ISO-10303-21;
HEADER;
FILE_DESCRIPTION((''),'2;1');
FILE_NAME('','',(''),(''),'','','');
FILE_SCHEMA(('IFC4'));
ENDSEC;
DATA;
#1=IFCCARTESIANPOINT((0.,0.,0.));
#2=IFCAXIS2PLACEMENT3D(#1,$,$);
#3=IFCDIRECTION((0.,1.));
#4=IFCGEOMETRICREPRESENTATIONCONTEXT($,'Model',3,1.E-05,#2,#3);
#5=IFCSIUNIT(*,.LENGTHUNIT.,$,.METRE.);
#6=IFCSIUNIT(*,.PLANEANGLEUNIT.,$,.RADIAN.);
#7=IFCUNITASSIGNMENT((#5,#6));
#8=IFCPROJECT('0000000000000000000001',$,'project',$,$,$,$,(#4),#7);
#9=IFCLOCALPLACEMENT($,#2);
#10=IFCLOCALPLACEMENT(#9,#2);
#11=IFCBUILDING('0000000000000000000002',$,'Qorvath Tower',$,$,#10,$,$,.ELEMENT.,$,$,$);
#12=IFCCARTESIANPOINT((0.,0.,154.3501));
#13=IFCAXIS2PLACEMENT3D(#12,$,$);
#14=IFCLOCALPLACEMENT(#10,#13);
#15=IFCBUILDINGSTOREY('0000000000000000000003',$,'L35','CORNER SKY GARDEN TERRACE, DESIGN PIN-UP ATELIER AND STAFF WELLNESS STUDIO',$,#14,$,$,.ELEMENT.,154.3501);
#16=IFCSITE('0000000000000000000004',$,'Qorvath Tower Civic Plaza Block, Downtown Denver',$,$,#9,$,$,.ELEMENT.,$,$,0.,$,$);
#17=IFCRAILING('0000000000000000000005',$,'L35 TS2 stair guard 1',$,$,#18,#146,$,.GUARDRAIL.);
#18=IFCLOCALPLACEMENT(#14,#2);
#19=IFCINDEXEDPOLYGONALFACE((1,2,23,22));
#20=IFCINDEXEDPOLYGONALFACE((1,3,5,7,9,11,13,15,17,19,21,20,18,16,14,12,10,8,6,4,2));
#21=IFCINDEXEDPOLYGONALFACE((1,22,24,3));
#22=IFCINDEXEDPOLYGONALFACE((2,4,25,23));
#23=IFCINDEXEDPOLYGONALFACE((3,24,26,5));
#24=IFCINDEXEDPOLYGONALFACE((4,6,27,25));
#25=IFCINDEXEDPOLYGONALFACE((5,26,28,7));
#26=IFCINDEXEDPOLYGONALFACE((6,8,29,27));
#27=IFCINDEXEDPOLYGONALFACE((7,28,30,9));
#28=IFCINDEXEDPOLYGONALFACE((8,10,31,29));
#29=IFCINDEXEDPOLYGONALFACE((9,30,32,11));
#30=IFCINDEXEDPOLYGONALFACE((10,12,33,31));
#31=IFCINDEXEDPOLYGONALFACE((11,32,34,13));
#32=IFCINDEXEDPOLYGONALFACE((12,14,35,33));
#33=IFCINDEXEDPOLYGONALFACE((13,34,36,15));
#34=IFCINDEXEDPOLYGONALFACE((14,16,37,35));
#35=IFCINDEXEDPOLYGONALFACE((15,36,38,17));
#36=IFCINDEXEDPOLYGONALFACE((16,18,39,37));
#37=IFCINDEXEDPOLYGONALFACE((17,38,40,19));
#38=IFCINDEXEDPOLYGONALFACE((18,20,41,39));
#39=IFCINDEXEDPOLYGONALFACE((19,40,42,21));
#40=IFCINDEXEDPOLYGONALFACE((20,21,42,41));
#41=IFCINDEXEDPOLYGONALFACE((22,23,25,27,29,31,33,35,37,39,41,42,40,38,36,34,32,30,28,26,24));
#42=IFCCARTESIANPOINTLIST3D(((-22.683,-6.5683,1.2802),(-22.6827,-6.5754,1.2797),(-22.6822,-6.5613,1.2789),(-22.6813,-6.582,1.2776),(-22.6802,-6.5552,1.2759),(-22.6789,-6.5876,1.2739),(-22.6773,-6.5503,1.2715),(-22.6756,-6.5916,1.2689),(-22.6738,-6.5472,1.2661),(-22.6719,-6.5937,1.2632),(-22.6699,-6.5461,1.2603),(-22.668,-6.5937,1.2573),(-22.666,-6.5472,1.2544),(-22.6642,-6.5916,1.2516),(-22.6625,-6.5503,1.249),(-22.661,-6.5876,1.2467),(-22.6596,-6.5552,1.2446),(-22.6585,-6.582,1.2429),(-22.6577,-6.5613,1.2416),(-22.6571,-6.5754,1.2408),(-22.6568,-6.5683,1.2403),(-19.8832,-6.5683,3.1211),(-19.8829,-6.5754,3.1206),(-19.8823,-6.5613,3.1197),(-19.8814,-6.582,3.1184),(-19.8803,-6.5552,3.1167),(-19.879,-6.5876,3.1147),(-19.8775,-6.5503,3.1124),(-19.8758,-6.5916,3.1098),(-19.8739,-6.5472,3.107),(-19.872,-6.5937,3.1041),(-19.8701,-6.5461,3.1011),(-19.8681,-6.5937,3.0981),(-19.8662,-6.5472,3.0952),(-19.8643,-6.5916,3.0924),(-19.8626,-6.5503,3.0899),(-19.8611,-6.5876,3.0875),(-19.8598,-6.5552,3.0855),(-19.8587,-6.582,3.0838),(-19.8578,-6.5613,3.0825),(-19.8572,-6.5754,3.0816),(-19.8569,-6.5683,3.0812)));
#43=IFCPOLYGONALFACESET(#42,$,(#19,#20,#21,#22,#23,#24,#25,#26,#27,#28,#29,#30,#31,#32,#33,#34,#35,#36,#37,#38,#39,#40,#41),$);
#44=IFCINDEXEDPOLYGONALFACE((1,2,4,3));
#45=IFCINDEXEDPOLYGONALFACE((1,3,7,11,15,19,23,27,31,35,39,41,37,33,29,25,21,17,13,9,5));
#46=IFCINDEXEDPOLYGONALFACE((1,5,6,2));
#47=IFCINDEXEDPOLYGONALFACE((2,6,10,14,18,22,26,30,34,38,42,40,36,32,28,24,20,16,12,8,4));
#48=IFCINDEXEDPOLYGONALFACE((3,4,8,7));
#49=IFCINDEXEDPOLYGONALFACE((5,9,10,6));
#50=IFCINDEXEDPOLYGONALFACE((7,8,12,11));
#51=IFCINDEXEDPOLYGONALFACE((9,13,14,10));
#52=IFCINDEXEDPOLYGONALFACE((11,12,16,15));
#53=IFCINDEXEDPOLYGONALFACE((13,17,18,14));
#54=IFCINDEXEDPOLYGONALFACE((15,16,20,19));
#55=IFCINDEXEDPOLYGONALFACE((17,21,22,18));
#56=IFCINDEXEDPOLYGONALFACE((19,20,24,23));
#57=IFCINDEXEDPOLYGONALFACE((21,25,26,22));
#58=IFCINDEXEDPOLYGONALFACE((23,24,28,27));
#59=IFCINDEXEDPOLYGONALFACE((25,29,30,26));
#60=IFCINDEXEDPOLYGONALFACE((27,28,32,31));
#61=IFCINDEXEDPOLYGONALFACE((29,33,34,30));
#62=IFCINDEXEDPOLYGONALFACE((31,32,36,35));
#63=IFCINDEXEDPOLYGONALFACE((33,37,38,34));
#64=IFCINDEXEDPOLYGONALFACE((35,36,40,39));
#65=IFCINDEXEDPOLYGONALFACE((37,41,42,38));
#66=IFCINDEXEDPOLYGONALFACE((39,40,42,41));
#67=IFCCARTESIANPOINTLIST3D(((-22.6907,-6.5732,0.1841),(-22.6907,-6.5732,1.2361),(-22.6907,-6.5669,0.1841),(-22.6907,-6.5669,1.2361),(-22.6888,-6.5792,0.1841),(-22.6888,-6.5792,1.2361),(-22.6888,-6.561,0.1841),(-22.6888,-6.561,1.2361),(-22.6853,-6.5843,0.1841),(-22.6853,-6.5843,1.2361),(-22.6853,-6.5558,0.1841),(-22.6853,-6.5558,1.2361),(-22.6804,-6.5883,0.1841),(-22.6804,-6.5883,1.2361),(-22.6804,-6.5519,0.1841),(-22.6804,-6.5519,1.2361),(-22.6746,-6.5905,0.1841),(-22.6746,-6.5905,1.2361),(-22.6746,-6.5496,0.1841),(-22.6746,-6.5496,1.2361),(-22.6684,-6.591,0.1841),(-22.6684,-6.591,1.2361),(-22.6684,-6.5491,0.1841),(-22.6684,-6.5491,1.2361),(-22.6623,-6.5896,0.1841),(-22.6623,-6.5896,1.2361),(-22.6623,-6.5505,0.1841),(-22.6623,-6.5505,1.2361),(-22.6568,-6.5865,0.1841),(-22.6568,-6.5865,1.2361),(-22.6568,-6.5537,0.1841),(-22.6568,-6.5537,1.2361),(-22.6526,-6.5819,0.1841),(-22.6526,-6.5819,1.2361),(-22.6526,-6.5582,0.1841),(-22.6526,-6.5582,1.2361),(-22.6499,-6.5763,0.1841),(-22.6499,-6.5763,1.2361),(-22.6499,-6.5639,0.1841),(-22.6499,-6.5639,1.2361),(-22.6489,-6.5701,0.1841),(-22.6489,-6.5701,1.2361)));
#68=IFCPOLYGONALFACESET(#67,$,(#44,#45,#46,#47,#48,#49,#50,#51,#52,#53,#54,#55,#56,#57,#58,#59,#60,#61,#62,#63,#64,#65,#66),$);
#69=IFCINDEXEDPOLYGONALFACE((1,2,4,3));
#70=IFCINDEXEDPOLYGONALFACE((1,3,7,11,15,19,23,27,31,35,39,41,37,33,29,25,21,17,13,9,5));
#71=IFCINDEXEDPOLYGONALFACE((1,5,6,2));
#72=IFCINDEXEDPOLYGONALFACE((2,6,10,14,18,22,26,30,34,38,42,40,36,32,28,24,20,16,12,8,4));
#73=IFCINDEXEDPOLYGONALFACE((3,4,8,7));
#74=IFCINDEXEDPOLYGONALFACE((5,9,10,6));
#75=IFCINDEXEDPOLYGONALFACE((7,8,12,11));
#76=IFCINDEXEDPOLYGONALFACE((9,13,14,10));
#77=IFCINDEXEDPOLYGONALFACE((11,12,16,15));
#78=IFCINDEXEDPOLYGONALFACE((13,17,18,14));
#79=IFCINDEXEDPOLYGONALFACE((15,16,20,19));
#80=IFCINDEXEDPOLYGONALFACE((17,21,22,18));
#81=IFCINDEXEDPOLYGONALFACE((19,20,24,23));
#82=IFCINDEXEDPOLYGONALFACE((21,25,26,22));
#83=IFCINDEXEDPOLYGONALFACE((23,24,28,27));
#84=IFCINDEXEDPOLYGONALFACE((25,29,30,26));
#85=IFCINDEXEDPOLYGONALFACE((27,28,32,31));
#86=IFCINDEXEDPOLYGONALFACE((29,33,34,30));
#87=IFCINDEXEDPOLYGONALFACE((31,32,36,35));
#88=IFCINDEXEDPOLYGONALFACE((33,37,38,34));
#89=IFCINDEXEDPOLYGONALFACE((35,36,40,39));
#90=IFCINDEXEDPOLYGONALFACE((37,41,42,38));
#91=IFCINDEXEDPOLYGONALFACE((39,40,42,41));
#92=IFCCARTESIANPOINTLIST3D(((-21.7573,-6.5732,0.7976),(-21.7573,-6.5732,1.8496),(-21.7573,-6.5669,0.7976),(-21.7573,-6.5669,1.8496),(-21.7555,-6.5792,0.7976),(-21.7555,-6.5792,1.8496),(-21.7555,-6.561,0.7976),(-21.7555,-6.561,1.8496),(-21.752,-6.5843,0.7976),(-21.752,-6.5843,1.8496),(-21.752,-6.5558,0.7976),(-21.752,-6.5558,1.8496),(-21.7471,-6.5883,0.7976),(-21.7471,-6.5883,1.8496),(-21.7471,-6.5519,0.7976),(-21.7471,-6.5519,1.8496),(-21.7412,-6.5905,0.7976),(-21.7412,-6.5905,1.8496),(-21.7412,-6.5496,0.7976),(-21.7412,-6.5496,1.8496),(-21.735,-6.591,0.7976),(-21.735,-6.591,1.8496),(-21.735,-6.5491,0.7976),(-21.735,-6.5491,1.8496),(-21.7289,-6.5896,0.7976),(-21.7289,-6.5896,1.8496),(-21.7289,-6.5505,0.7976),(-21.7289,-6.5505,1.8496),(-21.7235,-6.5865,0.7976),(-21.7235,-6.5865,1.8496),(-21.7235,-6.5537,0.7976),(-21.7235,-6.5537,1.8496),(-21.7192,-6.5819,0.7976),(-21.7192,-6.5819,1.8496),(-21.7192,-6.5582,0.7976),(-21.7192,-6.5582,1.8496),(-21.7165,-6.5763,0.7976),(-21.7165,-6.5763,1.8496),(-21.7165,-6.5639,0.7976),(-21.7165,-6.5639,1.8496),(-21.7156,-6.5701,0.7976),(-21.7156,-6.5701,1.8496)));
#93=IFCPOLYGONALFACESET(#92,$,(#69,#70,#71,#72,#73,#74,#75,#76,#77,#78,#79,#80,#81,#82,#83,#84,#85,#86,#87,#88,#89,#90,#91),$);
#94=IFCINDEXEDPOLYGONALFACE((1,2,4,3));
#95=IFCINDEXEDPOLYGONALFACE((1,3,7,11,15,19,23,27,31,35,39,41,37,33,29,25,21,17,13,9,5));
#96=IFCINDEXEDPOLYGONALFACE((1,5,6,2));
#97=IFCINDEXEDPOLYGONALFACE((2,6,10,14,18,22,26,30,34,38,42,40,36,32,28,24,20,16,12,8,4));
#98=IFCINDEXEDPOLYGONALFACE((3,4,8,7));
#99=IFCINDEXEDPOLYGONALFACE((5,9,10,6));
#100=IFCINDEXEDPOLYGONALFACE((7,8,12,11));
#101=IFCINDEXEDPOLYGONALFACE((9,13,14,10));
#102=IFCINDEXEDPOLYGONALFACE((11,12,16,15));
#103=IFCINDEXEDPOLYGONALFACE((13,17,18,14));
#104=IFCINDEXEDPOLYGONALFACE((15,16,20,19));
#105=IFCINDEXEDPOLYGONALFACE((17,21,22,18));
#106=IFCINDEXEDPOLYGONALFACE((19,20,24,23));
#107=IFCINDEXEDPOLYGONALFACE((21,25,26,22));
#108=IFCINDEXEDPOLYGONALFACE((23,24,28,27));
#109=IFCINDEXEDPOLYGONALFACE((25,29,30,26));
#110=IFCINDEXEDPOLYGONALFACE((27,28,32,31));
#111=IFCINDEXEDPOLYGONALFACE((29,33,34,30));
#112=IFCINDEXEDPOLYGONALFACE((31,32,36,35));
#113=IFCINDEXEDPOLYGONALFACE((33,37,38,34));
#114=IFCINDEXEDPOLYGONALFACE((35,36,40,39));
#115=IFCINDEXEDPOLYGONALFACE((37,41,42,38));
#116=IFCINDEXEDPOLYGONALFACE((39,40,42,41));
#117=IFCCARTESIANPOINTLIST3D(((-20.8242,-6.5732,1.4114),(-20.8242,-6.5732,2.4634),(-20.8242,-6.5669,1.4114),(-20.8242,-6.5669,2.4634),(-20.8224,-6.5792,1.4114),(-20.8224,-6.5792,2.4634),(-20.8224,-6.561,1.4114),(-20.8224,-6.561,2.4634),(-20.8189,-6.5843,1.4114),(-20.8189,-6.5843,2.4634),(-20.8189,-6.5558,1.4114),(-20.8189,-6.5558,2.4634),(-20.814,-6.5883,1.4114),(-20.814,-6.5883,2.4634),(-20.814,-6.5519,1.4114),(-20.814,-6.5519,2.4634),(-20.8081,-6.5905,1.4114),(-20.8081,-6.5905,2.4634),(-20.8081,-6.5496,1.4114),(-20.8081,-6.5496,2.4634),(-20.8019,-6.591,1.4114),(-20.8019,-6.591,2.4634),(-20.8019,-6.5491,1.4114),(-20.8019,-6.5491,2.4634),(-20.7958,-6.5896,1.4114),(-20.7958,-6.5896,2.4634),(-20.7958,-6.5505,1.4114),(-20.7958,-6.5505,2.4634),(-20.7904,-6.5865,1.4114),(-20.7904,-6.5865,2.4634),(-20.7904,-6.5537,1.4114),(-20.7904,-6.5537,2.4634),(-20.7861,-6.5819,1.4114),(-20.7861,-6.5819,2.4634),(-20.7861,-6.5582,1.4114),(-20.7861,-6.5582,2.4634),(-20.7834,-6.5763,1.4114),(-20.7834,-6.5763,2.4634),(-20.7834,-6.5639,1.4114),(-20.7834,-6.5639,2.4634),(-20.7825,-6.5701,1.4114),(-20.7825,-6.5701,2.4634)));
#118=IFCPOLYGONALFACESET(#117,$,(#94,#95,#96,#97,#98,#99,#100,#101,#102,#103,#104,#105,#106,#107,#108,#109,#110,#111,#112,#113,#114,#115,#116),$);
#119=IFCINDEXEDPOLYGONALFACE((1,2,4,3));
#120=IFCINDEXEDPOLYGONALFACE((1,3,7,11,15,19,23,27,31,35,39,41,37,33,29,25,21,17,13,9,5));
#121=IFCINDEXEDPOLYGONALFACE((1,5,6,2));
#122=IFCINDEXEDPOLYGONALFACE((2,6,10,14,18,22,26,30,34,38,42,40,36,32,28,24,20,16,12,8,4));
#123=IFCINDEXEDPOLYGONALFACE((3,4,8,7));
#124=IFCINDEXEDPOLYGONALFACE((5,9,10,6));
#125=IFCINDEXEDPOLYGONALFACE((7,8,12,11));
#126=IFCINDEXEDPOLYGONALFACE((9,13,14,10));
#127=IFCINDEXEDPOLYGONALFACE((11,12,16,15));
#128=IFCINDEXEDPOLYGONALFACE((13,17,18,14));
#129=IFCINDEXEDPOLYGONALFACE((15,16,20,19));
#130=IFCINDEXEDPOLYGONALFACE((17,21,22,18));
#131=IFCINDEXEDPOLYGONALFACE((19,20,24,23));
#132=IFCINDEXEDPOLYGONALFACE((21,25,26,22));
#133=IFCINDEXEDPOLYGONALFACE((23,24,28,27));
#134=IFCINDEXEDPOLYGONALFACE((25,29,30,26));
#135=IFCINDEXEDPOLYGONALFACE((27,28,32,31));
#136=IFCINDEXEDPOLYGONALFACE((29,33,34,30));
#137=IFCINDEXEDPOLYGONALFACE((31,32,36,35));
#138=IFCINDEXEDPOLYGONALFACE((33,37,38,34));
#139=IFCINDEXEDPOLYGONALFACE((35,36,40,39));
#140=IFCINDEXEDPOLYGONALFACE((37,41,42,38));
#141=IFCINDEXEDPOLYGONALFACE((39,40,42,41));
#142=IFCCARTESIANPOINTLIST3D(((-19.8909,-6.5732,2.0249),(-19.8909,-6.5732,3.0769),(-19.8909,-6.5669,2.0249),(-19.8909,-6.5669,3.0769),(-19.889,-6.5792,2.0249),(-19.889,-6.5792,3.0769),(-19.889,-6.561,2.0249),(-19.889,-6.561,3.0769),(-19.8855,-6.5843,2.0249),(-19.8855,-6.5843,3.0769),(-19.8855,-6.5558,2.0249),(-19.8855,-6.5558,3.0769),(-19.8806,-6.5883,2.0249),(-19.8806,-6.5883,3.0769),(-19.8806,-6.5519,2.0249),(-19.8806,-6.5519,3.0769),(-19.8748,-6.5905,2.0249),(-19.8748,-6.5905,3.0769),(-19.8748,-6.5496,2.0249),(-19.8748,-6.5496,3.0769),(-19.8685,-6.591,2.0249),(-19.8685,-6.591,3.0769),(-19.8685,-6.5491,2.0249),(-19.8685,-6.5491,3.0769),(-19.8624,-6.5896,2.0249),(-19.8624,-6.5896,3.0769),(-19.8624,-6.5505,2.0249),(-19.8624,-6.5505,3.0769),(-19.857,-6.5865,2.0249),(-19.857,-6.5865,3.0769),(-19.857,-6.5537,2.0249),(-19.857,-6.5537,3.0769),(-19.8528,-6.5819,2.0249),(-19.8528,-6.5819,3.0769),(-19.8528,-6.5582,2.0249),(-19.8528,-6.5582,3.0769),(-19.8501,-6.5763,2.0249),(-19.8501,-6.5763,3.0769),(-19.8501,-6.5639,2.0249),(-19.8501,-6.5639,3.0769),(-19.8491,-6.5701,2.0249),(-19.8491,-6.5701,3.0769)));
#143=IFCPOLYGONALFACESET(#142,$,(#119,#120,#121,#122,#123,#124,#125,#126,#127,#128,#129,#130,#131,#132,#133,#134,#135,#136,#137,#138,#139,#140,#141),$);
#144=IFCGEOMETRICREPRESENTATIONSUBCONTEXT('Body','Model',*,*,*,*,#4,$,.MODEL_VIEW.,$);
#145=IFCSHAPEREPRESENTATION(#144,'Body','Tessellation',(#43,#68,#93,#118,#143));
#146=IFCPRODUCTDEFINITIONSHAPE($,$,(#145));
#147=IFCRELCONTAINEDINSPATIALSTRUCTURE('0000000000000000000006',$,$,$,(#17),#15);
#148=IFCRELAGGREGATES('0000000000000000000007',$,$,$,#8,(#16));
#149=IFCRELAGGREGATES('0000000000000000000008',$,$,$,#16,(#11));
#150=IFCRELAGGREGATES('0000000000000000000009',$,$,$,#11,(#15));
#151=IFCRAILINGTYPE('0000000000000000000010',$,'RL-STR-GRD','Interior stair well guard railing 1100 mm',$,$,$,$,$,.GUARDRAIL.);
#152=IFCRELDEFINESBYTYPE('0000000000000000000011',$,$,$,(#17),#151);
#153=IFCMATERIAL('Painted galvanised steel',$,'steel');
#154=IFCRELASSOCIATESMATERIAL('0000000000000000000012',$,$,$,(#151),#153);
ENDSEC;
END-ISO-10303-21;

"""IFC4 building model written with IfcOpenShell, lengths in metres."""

from ifc_helpers import new_model, si_unit, direction, frame, origin, origin_2d, place, context, subcontext, project, spatial, circle, extrude, material, type_object, element, save


model = new_model("IFC4")

# Units and contexts
model_context = context("Model", 3, precision=1e-05, world=origin(), true_north=direction((0.0, 1.0)))
body_context = subcontext(model_context, "Body", "Model", "MODEL_VIEW")
ifc_project = project(units=[si_unit("LENGTHUNIT", "METRE"), si_unit("PLANEANGLEUNIT", "RADIAN")], contexts=[model_context])

# Site, building, storey
site_placement = place(None, origin())
site = spatial("IfcSite", under=ifc_project, at=site_placement, Name="Qorvath Tower Civic Plaza Block, Downtown Denver", CompositionType="ELEMENT", RefElevation=0.0)
building_placement = place(site_placement, origin())
building = spatial("IfcBuilding", under=site, at=building_placement, Name="Qorvath Tower", CompositionType="ELEMENT")
storey_placement = place(building_placement, frame((0.0, 0.0, 154.3501)))
storey = spatial("IfcBuildingStorey", under=building, at=storey_placement, Name="L35", Description="CORNER SKY GARDEN TERRACE, DESIGN PIN-UP ATELIER AND STAFF WELLNESS STUDIO", CompositionType="ELEMENT", Elevation=154.3501)

# Railing
ifc_material_1 = material(Name="Painted galvanised steel", Category="steel")
railing_type_1 = type_object("IfcRailingType", Name="RL-STR-GRD", Description="Interior stair well guard railing 1100 mm", PredefinedType="GUARDRAIL", material=ifc_material_1)
railing_1_placement = place(storey_placement, frame((-22.6699, -6.5701, 0.1841)))
element("IfcRailing", 1, at=railing_1_placement, inside=storey, type_object=railing_type_1, Name="L35 TS2 stair guard 1", PredefinedType="GUARDRAIL", context=body_context, shape_type="SweptSolid", body=[
    extrude(circle(Radius=0.0239, at=origin_2d()), frame((0.0, 0.0, 1.0762), z_axis=(0.835576, 0.0, 0.549376), x_axis=(0.0, 1.0, 0.0)), (0.0, 0.0, 1.0), 3.3508),
    extrude(circle(Radius=0.021, at=origin_2d()), origin(), (0.0, 0.0, 1.0), 1.052),
    extrude(circle(Radius=0.021, at=origin_2d()), frame((0.9333, 0.0, 0.6135)), (0.0, 0.0, 1.0), 1.052),
    extrude(circle(Radius=0.021, at=origin_2d()), frame((1.8665, 0.0, 1.2273)), (0.0, 0.0, 1.0), 1.052),
    extrude(circle(Radius=0.021, at=origin_2d()), frame((2.7998, 0.0, 1.8408)), (0.0, 0.0, 1.0), 1.052),
])

save(model, "model.ifc")
